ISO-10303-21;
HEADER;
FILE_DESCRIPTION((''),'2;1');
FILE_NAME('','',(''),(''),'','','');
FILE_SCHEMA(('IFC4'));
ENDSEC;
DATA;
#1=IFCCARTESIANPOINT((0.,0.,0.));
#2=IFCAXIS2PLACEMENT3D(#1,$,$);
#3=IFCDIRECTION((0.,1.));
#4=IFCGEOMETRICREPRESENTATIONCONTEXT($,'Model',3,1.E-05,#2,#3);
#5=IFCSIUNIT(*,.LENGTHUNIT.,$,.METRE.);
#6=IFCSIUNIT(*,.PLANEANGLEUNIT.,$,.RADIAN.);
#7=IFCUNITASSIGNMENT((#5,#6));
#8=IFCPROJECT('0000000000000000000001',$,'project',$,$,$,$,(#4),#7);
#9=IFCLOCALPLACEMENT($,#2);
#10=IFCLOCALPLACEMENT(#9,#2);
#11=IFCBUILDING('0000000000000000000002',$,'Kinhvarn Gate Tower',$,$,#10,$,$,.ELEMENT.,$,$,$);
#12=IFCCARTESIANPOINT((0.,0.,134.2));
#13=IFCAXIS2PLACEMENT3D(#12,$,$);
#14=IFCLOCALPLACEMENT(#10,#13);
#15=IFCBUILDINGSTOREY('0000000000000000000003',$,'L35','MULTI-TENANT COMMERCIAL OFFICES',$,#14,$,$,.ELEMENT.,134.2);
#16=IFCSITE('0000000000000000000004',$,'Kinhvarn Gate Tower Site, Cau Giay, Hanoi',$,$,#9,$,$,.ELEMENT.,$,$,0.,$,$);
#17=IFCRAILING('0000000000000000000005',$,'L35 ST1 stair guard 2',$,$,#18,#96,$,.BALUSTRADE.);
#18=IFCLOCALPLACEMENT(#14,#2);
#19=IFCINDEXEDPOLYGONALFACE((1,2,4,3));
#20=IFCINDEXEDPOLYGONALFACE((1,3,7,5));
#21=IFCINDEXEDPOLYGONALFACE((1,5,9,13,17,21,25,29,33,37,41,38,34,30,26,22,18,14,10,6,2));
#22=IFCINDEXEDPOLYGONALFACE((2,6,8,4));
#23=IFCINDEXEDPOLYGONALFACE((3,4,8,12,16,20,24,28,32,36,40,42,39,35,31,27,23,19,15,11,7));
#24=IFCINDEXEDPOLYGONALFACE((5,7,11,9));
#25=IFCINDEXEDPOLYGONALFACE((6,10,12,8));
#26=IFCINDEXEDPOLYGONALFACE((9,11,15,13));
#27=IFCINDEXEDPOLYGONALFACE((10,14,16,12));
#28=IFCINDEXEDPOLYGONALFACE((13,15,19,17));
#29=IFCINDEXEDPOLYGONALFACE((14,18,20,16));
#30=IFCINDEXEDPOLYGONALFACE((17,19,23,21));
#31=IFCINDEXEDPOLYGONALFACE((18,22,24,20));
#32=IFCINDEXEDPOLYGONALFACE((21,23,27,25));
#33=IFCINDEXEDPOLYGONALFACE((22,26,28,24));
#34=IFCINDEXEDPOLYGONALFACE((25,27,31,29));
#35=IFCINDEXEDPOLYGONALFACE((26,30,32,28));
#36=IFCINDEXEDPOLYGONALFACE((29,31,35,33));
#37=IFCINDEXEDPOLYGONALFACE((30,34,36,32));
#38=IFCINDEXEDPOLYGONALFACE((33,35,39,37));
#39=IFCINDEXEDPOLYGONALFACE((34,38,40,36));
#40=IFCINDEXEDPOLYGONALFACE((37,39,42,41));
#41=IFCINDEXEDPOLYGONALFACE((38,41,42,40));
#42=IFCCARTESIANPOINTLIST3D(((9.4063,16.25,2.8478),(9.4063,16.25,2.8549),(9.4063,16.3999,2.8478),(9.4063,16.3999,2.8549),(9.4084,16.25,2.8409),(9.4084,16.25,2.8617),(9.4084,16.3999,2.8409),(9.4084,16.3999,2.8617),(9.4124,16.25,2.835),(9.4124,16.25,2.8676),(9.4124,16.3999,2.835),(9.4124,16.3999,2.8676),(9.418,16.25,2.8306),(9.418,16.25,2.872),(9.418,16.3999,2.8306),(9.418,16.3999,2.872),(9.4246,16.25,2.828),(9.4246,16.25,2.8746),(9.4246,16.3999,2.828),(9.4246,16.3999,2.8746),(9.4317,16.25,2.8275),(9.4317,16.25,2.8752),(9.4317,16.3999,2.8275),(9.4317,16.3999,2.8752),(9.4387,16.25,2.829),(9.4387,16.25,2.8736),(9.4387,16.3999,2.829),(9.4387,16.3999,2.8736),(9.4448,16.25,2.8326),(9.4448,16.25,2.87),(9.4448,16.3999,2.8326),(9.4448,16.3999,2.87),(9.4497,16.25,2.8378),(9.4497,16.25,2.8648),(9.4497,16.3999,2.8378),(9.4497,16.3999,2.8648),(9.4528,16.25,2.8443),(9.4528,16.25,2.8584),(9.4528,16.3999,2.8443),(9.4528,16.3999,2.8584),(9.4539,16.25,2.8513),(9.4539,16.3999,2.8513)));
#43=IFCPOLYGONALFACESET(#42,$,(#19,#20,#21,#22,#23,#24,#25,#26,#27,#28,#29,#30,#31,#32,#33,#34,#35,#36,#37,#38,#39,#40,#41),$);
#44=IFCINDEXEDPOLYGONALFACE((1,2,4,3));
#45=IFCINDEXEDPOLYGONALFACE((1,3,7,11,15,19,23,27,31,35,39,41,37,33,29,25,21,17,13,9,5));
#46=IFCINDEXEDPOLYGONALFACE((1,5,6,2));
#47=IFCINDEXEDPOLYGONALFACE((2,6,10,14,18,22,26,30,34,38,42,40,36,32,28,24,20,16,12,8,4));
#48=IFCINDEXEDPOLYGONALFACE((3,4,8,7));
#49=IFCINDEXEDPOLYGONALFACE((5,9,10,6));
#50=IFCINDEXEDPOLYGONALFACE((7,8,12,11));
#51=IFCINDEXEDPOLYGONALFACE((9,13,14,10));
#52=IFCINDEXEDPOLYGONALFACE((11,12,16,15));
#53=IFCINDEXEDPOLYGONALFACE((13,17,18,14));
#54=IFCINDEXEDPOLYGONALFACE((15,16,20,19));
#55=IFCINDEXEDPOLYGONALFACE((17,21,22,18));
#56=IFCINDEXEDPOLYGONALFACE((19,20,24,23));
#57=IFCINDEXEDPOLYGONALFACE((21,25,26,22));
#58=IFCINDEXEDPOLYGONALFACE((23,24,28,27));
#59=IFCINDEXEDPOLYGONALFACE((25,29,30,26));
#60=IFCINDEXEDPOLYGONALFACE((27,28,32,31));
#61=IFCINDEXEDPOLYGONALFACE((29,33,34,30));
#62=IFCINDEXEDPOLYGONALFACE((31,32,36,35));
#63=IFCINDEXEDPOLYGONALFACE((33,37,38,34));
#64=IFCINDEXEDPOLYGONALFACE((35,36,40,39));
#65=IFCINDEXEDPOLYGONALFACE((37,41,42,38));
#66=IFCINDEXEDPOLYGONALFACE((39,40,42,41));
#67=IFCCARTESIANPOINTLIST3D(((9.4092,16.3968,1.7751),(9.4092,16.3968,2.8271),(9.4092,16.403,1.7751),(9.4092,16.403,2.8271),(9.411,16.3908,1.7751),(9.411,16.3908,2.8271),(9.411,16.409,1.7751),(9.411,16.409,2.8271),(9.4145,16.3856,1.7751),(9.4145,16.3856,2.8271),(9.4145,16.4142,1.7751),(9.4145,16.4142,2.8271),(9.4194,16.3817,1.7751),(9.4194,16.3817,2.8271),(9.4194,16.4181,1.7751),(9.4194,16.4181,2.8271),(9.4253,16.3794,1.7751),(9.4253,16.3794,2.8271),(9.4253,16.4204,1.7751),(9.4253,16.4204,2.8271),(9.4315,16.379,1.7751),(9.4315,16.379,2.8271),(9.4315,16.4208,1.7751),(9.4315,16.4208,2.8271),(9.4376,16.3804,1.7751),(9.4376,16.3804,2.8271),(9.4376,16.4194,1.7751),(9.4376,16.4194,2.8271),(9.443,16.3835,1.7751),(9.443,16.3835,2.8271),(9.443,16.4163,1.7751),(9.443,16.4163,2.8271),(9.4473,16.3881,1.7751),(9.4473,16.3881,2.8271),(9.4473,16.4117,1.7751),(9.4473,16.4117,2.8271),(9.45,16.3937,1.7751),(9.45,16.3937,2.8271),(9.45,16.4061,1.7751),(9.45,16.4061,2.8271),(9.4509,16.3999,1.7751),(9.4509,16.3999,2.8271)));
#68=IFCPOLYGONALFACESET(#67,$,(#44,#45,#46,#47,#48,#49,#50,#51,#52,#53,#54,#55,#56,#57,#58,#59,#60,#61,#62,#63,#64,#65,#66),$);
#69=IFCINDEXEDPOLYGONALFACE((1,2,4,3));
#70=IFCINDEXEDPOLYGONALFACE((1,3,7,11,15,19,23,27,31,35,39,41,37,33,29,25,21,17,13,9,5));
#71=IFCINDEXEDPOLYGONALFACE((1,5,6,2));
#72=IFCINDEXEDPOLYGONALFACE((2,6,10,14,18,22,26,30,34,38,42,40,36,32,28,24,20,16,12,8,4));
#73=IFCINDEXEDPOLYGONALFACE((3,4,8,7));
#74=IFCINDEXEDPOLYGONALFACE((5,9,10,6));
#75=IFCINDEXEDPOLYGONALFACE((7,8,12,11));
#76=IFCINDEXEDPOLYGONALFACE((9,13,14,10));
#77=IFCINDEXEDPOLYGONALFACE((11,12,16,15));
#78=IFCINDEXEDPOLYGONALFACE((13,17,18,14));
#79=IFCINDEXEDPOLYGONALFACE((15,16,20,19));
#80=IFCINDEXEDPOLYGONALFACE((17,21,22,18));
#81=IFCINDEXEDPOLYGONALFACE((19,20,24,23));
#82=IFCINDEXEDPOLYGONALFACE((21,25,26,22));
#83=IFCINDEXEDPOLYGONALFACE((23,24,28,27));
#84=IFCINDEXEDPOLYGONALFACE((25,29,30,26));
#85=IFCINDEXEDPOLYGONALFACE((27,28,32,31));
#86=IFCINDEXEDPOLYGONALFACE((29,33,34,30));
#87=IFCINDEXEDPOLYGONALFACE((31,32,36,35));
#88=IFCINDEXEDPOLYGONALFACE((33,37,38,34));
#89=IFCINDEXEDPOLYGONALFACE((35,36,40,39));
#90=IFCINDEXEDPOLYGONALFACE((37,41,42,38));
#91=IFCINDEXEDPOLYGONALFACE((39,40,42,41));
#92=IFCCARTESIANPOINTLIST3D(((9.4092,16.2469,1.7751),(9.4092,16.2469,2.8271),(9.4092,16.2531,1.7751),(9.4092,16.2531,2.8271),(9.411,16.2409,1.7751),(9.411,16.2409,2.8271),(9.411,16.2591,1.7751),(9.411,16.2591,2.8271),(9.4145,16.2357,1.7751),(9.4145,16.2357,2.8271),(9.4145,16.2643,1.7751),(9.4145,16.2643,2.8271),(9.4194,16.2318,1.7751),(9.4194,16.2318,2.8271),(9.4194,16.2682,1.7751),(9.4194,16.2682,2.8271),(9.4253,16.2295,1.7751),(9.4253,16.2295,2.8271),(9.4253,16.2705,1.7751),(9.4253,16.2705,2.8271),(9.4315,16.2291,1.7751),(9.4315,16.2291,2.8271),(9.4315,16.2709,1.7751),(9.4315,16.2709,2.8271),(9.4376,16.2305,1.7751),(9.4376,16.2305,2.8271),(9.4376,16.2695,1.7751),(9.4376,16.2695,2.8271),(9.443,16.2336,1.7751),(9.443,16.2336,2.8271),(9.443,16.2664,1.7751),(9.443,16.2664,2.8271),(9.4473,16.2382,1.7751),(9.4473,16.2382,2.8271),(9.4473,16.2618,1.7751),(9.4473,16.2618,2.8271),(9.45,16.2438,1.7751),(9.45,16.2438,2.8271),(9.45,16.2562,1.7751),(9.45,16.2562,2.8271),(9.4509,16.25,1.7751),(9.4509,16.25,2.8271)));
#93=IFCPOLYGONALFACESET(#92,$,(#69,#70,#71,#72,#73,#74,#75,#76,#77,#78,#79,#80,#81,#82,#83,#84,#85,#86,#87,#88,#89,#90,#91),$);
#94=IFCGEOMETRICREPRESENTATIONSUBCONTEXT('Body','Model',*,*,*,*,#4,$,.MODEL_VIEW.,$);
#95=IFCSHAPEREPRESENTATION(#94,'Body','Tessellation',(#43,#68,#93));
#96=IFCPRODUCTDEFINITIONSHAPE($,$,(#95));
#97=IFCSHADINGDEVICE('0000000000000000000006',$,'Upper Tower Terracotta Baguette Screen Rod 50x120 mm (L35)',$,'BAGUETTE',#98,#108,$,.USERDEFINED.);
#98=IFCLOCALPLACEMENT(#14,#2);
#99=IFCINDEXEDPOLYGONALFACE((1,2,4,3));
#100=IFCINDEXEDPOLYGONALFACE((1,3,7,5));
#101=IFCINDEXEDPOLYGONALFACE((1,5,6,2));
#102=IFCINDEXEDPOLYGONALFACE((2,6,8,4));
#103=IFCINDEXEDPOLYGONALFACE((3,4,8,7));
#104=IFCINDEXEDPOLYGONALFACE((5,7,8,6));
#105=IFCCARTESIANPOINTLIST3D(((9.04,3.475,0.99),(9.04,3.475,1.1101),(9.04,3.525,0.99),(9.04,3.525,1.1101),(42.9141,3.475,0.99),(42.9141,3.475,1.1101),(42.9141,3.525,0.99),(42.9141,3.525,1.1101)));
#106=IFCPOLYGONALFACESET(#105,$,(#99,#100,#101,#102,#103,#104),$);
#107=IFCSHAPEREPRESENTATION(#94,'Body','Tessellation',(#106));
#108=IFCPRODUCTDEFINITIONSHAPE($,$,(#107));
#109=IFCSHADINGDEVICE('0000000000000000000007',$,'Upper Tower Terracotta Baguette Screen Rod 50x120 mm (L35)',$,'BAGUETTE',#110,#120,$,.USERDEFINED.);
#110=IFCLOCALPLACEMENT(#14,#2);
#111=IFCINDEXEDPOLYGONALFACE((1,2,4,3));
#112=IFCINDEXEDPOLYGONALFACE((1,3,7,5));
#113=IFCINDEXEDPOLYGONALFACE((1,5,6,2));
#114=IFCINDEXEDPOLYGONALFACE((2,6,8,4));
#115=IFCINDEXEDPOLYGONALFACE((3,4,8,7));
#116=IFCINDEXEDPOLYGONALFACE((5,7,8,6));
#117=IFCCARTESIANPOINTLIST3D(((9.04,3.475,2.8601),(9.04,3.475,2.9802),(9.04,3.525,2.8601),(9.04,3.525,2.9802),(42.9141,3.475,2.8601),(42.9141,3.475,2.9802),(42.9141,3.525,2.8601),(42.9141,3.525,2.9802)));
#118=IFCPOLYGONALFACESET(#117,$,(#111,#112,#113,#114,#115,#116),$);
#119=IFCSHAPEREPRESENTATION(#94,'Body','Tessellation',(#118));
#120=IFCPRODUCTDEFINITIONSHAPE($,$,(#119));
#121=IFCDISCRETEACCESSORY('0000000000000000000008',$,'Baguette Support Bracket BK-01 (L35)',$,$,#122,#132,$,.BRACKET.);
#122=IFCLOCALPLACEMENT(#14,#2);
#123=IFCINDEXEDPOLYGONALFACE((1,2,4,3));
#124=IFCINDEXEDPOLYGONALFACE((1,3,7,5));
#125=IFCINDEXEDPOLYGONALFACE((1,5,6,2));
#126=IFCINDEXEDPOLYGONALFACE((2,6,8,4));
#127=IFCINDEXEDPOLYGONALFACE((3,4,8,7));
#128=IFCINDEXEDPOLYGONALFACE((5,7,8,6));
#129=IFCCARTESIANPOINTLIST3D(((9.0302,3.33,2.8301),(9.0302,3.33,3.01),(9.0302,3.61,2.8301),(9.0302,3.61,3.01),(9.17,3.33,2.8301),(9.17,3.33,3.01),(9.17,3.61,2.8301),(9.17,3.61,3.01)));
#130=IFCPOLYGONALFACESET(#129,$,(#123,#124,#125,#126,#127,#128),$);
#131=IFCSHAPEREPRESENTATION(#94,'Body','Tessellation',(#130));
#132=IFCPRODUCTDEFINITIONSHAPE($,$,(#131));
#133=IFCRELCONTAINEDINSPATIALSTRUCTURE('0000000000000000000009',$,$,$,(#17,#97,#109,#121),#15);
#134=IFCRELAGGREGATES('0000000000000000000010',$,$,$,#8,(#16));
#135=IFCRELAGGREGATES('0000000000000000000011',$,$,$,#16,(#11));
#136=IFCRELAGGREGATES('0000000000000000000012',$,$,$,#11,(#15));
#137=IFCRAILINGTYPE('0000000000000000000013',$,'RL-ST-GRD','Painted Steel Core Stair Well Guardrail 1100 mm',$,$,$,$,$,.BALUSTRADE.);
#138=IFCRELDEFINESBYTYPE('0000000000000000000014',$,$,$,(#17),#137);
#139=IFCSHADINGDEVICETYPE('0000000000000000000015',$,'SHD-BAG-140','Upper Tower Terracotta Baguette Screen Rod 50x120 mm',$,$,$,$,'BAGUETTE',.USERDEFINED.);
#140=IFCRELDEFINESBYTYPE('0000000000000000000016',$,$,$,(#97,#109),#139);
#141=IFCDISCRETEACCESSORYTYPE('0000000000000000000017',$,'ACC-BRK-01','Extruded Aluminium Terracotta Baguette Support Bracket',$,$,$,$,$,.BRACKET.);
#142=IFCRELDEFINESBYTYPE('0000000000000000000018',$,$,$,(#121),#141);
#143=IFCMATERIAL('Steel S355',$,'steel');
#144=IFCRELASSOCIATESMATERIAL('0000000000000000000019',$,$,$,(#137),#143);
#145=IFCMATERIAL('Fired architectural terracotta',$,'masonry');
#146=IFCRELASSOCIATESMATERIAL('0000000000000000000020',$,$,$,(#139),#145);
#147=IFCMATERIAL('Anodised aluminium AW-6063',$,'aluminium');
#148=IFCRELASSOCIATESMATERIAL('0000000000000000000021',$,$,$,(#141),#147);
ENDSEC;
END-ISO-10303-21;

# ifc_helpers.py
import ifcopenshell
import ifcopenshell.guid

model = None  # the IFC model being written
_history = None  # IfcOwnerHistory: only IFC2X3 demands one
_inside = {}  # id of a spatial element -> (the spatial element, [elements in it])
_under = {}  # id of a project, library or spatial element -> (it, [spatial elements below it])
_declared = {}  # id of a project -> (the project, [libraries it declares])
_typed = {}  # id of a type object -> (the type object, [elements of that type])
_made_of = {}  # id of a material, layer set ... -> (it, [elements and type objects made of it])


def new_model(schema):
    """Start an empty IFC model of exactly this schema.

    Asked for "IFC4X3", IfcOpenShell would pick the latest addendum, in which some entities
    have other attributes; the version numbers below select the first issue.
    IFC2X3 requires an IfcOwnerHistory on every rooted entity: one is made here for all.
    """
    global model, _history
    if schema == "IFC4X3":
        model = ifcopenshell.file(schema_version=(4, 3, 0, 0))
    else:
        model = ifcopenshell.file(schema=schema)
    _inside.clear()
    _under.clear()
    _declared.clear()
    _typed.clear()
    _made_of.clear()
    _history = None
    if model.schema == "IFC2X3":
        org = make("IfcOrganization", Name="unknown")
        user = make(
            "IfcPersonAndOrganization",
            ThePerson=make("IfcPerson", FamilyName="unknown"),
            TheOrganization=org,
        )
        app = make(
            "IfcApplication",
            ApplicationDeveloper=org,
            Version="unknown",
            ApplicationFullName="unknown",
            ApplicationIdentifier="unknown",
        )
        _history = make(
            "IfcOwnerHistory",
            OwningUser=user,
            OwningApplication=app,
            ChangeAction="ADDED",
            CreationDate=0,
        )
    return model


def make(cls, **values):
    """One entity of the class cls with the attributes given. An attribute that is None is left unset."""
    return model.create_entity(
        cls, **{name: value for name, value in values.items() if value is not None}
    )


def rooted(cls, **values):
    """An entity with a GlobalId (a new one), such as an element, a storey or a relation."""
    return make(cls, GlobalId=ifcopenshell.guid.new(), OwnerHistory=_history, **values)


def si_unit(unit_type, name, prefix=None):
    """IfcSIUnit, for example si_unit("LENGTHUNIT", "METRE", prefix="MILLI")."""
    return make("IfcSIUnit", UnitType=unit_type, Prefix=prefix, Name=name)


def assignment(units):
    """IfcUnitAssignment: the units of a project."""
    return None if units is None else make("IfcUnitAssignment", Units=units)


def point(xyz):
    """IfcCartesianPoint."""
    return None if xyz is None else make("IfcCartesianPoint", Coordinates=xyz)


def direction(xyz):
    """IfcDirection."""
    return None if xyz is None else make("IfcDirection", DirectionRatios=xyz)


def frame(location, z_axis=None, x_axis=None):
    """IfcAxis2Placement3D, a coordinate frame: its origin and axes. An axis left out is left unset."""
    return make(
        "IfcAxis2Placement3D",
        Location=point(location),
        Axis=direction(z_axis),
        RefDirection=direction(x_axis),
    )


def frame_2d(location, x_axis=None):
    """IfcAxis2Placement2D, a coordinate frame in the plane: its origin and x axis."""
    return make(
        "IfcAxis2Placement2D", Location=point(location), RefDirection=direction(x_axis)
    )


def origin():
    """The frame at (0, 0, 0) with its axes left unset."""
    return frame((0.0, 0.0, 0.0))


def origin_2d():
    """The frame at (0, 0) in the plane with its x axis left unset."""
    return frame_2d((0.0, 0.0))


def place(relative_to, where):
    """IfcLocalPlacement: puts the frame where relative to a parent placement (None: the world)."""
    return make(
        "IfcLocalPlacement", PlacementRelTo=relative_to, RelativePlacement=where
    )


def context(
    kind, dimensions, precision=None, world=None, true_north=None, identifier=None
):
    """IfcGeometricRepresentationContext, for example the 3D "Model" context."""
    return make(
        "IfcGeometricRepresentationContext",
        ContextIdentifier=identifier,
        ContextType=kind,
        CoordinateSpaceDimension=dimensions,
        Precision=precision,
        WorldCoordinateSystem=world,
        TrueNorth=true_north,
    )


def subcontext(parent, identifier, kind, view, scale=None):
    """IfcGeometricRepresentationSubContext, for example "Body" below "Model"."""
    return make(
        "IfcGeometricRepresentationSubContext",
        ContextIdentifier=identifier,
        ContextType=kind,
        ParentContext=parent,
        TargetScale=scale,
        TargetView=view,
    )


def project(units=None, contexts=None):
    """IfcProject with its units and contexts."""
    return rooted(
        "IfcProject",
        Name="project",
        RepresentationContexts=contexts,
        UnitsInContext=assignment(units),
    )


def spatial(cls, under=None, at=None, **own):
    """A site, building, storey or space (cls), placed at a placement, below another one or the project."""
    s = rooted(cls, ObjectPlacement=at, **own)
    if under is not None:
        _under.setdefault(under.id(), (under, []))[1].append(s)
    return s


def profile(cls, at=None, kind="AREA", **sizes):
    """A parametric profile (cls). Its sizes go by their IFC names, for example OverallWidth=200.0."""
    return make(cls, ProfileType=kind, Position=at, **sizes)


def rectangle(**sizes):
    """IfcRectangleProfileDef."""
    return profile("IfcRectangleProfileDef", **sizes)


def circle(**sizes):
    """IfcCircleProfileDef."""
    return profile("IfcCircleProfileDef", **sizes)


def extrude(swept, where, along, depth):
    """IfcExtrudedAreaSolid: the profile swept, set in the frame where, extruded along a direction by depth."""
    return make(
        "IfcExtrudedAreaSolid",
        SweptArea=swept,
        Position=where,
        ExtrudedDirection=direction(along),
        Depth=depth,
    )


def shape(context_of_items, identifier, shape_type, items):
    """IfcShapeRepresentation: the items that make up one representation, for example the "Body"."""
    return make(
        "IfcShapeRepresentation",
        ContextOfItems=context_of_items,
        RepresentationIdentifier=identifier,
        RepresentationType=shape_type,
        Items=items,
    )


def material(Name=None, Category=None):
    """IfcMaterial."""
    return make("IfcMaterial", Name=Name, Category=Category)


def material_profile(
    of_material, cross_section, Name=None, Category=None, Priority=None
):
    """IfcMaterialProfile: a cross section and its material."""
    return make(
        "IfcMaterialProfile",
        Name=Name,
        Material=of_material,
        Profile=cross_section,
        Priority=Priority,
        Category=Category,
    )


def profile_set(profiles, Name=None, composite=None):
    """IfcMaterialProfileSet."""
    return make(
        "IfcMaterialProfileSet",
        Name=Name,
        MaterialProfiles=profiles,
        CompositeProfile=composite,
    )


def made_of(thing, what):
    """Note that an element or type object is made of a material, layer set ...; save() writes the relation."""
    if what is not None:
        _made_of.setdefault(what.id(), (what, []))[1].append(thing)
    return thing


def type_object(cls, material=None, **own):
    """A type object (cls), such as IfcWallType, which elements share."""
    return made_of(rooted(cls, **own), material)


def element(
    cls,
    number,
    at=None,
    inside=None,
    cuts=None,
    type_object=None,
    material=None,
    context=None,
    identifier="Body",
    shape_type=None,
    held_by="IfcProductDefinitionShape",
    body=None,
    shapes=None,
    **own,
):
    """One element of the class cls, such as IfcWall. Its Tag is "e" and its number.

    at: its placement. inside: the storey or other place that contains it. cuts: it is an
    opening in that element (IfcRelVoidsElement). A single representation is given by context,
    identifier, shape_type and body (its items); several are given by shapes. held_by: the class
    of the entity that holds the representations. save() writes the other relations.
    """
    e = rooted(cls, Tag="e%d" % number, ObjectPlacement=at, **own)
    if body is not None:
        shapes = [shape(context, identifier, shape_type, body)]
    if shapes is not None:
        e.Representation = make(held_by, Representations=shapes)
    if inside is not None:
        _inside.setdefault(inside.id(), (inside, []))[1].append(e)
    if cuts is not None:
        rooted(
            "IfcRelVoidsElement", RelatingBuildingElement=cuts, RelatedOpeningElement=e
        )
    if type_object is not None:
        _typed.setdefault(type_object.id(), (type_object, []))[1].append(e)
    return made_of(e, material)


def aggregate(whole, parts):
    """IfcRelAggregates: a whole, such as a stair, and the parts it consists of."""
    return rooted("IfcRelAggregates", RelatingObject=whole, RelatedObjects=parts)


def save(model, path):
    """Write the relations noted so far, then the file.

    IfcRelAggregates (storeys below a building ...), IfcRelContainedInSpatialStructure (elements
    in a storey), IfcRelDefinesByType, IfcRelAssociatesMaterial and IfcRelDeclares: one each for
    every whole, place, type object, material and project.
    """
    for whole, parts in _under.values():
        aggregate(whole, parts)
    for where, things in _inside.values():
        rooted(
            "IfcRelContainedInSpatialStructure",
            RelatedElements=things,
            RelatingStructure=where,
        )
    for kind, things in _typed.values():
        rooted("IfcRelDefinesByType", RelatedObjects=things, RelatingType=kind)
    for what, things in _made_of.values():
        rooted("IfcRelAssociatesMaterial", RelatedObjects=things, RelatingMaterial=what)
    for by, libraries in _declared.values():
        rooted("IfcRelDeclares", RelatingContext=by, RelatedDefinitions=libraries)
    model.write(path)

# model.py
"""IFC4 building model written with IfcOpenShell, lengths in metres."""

from ifc_helpers import new_model, si_unit, direction, frame, origin, origin_2d, place, context, subcontext, project, spatial, rectangle, circle, extrude, material, material_profile, profile_set, type_object, element, save


model = new_model("IFC4")

# Units and contexts
model_context = context("Model", 3, precision=1e-05, world=origin(), true_north=direction((0.0, 1.0)))
body_context = subcontext(model_context, "Body", "Model", "MODEL_VIEW")
ifc_project = project(units=[si_unit("LENGTHUNIT", "METRE"), si_unit("PLANEANGLEUNIT", "RADIAN")], contexts=[model_context])

# Site, building, storey
site_placement = place(None, origin())
site = spatial("IfcSite", under=ifc_project, at=site_placement, Name="Kinhvarn Gate Tower Site, Cau Giay, Hanoi", CompositionType="ELEMENT", RefElevation=0.0)
building_placement = place(site_placement, origin())
building = spatial("IfcBuilding", under=site, at=building_placement, Name="Kinhvarn Gate Tower", CompositionType="ELEMENT")
storey_placement = place(building_placement, frame((0.0, 0.0, 134.2)))
storey = spatial("IfcBuildingStorey", under=building, at=storey_placement, Name="L35", Description="MULTI-TENANT COMMERCIAL OFFICES", CompositionType="ELEMENT", Elevation=134.2)

# Shared definitions
ifc_material_1 = material(Name="Anodised aluminium AW-6063", Category="aluminium")

# Shared definitions
ifc_material_2 = material(Name="Steel S355", Category="steel")

# Shared definitions
ifc_material_3 = material(Name="Fired architectural terracotta", Category="masonry")

# Railing
railing_type = type_object("IfcRailingType", Name="RL-ST-GRD", Description="Painted Steel Core Stair Well Guardrail 1100 mm", PredefinedType="BALUSTRADE", material=ifc_material_2)
railing_placement = place(storey_placement, frame((9.4299, 16.3999, 1.7751)))
element("IfcRailing", 1, at=railing_placement, inside=storey, type_object=railing_type, Name="L35 ST1 stair guard 2", PredefinedType="BALUSTRADE", context=body_context, shape_type="SweptSolid", body=[
    extrude(circle(Radius=0.0239, at=origin_2d()), frame((0.0, 0.0, 1.0762), z_axis=(0.0, -1.0, 0.0), x_axis=(1.0, 0.0, 0.0)), (0.0, 0.0, 1.0), 0.1499),
    extrude(circle(Radius=0.021, at=origin_2d()), origin(), (0.0, 0.0, 1.0), 1.052),
    extrude(circle(Radius=0.021, at=origin_2d()), frame((0.0, -0.1499, 0.0)), (0.0, 0.0, 1.0), 1.052),
])

# Shading devices
ifc_material_profile_1 = material_profile(ifc_material_3, rectangle(XDim=0.05, YDim=0.1201, at=origin_2d()), Name="TC 50x120")
ifc_profile_set_1 = profile_set([ifc_material_profile_1], Name="Fired architectural terracotta")
shading_device_type = type_object("IfcShadingDeviceType", Name="SHD-BAG-140", Description="Upper Tower Terracotta Baguette Screen Rod 50x120 mm", ElementType="BAGUETTE", PredefinedType="USERDEFINED", material=ifc_profile_set_1)
for number, where, z_axis, x_axis, name in (
    (2, (9.04, 3.5, 1.05), (1.0, 0.0, 0.0), (0.0, 1.0, 0.0), "Upper Tower Terracotta Baguette Screen Rod 50x120 mm (L35)"),
    (3, (9.04, 3.5, 2.9202), (1.0, 0.0, 0.0), (0.0, 1.0, 0.0), "Upper Tower Terracotta Baguette Screen Rod 50x120 mm (L35)"),
):
    element("IfcShadingDevice", number, at=place(storey_placement, frame(where, z_axis=z_axis, x_axis=x_axis)), inside=storey, type_object=shading_device_type, Name=name, ObjectType="BAGUETTE", PredefinedType="USERDEFINED", context=body_context, shape_type="SweptSolid", body=[
        extrude(rectangle(XDim=0.05, YDim=0.1201, at=origin_2d()), origin(), (0.0, 0.0, 1.0), 33.874),
    ])

# Discrete accessory
discrete_accessory_type = type_object("IfcDiscreteAccessoryType", Name="ACC-BRK-01", Description="Extruded Aluminium Terracotta Baguette Support Bracket", PredefinedType="BRACKET", material=ifc_material_1)
discrete_accessory_placement = place(storey_placement, frame((9.1001, 3.47, 2.8301), z_axis=(0.0, 0.0, 1.0), x_axis=(1.0, 0.0, 0.0)))
element("IfcDiscreteAccessory", 4, at=discrete_accessory_placement, inside=storey, type_object=discrete_accessory_type, Name="Baguette Support Bracket BK-01 (L35)", PredefinedType="BRACKET", context=body_context, shape_type="SweptSolid", body=[
    extrude(rectangle(XDim=0.1399, YDim=0.28, at=origin_2d()), origin(), (0.0, 0.0, 1.0), 0.1799),
])

save(model, "model.ifc")
